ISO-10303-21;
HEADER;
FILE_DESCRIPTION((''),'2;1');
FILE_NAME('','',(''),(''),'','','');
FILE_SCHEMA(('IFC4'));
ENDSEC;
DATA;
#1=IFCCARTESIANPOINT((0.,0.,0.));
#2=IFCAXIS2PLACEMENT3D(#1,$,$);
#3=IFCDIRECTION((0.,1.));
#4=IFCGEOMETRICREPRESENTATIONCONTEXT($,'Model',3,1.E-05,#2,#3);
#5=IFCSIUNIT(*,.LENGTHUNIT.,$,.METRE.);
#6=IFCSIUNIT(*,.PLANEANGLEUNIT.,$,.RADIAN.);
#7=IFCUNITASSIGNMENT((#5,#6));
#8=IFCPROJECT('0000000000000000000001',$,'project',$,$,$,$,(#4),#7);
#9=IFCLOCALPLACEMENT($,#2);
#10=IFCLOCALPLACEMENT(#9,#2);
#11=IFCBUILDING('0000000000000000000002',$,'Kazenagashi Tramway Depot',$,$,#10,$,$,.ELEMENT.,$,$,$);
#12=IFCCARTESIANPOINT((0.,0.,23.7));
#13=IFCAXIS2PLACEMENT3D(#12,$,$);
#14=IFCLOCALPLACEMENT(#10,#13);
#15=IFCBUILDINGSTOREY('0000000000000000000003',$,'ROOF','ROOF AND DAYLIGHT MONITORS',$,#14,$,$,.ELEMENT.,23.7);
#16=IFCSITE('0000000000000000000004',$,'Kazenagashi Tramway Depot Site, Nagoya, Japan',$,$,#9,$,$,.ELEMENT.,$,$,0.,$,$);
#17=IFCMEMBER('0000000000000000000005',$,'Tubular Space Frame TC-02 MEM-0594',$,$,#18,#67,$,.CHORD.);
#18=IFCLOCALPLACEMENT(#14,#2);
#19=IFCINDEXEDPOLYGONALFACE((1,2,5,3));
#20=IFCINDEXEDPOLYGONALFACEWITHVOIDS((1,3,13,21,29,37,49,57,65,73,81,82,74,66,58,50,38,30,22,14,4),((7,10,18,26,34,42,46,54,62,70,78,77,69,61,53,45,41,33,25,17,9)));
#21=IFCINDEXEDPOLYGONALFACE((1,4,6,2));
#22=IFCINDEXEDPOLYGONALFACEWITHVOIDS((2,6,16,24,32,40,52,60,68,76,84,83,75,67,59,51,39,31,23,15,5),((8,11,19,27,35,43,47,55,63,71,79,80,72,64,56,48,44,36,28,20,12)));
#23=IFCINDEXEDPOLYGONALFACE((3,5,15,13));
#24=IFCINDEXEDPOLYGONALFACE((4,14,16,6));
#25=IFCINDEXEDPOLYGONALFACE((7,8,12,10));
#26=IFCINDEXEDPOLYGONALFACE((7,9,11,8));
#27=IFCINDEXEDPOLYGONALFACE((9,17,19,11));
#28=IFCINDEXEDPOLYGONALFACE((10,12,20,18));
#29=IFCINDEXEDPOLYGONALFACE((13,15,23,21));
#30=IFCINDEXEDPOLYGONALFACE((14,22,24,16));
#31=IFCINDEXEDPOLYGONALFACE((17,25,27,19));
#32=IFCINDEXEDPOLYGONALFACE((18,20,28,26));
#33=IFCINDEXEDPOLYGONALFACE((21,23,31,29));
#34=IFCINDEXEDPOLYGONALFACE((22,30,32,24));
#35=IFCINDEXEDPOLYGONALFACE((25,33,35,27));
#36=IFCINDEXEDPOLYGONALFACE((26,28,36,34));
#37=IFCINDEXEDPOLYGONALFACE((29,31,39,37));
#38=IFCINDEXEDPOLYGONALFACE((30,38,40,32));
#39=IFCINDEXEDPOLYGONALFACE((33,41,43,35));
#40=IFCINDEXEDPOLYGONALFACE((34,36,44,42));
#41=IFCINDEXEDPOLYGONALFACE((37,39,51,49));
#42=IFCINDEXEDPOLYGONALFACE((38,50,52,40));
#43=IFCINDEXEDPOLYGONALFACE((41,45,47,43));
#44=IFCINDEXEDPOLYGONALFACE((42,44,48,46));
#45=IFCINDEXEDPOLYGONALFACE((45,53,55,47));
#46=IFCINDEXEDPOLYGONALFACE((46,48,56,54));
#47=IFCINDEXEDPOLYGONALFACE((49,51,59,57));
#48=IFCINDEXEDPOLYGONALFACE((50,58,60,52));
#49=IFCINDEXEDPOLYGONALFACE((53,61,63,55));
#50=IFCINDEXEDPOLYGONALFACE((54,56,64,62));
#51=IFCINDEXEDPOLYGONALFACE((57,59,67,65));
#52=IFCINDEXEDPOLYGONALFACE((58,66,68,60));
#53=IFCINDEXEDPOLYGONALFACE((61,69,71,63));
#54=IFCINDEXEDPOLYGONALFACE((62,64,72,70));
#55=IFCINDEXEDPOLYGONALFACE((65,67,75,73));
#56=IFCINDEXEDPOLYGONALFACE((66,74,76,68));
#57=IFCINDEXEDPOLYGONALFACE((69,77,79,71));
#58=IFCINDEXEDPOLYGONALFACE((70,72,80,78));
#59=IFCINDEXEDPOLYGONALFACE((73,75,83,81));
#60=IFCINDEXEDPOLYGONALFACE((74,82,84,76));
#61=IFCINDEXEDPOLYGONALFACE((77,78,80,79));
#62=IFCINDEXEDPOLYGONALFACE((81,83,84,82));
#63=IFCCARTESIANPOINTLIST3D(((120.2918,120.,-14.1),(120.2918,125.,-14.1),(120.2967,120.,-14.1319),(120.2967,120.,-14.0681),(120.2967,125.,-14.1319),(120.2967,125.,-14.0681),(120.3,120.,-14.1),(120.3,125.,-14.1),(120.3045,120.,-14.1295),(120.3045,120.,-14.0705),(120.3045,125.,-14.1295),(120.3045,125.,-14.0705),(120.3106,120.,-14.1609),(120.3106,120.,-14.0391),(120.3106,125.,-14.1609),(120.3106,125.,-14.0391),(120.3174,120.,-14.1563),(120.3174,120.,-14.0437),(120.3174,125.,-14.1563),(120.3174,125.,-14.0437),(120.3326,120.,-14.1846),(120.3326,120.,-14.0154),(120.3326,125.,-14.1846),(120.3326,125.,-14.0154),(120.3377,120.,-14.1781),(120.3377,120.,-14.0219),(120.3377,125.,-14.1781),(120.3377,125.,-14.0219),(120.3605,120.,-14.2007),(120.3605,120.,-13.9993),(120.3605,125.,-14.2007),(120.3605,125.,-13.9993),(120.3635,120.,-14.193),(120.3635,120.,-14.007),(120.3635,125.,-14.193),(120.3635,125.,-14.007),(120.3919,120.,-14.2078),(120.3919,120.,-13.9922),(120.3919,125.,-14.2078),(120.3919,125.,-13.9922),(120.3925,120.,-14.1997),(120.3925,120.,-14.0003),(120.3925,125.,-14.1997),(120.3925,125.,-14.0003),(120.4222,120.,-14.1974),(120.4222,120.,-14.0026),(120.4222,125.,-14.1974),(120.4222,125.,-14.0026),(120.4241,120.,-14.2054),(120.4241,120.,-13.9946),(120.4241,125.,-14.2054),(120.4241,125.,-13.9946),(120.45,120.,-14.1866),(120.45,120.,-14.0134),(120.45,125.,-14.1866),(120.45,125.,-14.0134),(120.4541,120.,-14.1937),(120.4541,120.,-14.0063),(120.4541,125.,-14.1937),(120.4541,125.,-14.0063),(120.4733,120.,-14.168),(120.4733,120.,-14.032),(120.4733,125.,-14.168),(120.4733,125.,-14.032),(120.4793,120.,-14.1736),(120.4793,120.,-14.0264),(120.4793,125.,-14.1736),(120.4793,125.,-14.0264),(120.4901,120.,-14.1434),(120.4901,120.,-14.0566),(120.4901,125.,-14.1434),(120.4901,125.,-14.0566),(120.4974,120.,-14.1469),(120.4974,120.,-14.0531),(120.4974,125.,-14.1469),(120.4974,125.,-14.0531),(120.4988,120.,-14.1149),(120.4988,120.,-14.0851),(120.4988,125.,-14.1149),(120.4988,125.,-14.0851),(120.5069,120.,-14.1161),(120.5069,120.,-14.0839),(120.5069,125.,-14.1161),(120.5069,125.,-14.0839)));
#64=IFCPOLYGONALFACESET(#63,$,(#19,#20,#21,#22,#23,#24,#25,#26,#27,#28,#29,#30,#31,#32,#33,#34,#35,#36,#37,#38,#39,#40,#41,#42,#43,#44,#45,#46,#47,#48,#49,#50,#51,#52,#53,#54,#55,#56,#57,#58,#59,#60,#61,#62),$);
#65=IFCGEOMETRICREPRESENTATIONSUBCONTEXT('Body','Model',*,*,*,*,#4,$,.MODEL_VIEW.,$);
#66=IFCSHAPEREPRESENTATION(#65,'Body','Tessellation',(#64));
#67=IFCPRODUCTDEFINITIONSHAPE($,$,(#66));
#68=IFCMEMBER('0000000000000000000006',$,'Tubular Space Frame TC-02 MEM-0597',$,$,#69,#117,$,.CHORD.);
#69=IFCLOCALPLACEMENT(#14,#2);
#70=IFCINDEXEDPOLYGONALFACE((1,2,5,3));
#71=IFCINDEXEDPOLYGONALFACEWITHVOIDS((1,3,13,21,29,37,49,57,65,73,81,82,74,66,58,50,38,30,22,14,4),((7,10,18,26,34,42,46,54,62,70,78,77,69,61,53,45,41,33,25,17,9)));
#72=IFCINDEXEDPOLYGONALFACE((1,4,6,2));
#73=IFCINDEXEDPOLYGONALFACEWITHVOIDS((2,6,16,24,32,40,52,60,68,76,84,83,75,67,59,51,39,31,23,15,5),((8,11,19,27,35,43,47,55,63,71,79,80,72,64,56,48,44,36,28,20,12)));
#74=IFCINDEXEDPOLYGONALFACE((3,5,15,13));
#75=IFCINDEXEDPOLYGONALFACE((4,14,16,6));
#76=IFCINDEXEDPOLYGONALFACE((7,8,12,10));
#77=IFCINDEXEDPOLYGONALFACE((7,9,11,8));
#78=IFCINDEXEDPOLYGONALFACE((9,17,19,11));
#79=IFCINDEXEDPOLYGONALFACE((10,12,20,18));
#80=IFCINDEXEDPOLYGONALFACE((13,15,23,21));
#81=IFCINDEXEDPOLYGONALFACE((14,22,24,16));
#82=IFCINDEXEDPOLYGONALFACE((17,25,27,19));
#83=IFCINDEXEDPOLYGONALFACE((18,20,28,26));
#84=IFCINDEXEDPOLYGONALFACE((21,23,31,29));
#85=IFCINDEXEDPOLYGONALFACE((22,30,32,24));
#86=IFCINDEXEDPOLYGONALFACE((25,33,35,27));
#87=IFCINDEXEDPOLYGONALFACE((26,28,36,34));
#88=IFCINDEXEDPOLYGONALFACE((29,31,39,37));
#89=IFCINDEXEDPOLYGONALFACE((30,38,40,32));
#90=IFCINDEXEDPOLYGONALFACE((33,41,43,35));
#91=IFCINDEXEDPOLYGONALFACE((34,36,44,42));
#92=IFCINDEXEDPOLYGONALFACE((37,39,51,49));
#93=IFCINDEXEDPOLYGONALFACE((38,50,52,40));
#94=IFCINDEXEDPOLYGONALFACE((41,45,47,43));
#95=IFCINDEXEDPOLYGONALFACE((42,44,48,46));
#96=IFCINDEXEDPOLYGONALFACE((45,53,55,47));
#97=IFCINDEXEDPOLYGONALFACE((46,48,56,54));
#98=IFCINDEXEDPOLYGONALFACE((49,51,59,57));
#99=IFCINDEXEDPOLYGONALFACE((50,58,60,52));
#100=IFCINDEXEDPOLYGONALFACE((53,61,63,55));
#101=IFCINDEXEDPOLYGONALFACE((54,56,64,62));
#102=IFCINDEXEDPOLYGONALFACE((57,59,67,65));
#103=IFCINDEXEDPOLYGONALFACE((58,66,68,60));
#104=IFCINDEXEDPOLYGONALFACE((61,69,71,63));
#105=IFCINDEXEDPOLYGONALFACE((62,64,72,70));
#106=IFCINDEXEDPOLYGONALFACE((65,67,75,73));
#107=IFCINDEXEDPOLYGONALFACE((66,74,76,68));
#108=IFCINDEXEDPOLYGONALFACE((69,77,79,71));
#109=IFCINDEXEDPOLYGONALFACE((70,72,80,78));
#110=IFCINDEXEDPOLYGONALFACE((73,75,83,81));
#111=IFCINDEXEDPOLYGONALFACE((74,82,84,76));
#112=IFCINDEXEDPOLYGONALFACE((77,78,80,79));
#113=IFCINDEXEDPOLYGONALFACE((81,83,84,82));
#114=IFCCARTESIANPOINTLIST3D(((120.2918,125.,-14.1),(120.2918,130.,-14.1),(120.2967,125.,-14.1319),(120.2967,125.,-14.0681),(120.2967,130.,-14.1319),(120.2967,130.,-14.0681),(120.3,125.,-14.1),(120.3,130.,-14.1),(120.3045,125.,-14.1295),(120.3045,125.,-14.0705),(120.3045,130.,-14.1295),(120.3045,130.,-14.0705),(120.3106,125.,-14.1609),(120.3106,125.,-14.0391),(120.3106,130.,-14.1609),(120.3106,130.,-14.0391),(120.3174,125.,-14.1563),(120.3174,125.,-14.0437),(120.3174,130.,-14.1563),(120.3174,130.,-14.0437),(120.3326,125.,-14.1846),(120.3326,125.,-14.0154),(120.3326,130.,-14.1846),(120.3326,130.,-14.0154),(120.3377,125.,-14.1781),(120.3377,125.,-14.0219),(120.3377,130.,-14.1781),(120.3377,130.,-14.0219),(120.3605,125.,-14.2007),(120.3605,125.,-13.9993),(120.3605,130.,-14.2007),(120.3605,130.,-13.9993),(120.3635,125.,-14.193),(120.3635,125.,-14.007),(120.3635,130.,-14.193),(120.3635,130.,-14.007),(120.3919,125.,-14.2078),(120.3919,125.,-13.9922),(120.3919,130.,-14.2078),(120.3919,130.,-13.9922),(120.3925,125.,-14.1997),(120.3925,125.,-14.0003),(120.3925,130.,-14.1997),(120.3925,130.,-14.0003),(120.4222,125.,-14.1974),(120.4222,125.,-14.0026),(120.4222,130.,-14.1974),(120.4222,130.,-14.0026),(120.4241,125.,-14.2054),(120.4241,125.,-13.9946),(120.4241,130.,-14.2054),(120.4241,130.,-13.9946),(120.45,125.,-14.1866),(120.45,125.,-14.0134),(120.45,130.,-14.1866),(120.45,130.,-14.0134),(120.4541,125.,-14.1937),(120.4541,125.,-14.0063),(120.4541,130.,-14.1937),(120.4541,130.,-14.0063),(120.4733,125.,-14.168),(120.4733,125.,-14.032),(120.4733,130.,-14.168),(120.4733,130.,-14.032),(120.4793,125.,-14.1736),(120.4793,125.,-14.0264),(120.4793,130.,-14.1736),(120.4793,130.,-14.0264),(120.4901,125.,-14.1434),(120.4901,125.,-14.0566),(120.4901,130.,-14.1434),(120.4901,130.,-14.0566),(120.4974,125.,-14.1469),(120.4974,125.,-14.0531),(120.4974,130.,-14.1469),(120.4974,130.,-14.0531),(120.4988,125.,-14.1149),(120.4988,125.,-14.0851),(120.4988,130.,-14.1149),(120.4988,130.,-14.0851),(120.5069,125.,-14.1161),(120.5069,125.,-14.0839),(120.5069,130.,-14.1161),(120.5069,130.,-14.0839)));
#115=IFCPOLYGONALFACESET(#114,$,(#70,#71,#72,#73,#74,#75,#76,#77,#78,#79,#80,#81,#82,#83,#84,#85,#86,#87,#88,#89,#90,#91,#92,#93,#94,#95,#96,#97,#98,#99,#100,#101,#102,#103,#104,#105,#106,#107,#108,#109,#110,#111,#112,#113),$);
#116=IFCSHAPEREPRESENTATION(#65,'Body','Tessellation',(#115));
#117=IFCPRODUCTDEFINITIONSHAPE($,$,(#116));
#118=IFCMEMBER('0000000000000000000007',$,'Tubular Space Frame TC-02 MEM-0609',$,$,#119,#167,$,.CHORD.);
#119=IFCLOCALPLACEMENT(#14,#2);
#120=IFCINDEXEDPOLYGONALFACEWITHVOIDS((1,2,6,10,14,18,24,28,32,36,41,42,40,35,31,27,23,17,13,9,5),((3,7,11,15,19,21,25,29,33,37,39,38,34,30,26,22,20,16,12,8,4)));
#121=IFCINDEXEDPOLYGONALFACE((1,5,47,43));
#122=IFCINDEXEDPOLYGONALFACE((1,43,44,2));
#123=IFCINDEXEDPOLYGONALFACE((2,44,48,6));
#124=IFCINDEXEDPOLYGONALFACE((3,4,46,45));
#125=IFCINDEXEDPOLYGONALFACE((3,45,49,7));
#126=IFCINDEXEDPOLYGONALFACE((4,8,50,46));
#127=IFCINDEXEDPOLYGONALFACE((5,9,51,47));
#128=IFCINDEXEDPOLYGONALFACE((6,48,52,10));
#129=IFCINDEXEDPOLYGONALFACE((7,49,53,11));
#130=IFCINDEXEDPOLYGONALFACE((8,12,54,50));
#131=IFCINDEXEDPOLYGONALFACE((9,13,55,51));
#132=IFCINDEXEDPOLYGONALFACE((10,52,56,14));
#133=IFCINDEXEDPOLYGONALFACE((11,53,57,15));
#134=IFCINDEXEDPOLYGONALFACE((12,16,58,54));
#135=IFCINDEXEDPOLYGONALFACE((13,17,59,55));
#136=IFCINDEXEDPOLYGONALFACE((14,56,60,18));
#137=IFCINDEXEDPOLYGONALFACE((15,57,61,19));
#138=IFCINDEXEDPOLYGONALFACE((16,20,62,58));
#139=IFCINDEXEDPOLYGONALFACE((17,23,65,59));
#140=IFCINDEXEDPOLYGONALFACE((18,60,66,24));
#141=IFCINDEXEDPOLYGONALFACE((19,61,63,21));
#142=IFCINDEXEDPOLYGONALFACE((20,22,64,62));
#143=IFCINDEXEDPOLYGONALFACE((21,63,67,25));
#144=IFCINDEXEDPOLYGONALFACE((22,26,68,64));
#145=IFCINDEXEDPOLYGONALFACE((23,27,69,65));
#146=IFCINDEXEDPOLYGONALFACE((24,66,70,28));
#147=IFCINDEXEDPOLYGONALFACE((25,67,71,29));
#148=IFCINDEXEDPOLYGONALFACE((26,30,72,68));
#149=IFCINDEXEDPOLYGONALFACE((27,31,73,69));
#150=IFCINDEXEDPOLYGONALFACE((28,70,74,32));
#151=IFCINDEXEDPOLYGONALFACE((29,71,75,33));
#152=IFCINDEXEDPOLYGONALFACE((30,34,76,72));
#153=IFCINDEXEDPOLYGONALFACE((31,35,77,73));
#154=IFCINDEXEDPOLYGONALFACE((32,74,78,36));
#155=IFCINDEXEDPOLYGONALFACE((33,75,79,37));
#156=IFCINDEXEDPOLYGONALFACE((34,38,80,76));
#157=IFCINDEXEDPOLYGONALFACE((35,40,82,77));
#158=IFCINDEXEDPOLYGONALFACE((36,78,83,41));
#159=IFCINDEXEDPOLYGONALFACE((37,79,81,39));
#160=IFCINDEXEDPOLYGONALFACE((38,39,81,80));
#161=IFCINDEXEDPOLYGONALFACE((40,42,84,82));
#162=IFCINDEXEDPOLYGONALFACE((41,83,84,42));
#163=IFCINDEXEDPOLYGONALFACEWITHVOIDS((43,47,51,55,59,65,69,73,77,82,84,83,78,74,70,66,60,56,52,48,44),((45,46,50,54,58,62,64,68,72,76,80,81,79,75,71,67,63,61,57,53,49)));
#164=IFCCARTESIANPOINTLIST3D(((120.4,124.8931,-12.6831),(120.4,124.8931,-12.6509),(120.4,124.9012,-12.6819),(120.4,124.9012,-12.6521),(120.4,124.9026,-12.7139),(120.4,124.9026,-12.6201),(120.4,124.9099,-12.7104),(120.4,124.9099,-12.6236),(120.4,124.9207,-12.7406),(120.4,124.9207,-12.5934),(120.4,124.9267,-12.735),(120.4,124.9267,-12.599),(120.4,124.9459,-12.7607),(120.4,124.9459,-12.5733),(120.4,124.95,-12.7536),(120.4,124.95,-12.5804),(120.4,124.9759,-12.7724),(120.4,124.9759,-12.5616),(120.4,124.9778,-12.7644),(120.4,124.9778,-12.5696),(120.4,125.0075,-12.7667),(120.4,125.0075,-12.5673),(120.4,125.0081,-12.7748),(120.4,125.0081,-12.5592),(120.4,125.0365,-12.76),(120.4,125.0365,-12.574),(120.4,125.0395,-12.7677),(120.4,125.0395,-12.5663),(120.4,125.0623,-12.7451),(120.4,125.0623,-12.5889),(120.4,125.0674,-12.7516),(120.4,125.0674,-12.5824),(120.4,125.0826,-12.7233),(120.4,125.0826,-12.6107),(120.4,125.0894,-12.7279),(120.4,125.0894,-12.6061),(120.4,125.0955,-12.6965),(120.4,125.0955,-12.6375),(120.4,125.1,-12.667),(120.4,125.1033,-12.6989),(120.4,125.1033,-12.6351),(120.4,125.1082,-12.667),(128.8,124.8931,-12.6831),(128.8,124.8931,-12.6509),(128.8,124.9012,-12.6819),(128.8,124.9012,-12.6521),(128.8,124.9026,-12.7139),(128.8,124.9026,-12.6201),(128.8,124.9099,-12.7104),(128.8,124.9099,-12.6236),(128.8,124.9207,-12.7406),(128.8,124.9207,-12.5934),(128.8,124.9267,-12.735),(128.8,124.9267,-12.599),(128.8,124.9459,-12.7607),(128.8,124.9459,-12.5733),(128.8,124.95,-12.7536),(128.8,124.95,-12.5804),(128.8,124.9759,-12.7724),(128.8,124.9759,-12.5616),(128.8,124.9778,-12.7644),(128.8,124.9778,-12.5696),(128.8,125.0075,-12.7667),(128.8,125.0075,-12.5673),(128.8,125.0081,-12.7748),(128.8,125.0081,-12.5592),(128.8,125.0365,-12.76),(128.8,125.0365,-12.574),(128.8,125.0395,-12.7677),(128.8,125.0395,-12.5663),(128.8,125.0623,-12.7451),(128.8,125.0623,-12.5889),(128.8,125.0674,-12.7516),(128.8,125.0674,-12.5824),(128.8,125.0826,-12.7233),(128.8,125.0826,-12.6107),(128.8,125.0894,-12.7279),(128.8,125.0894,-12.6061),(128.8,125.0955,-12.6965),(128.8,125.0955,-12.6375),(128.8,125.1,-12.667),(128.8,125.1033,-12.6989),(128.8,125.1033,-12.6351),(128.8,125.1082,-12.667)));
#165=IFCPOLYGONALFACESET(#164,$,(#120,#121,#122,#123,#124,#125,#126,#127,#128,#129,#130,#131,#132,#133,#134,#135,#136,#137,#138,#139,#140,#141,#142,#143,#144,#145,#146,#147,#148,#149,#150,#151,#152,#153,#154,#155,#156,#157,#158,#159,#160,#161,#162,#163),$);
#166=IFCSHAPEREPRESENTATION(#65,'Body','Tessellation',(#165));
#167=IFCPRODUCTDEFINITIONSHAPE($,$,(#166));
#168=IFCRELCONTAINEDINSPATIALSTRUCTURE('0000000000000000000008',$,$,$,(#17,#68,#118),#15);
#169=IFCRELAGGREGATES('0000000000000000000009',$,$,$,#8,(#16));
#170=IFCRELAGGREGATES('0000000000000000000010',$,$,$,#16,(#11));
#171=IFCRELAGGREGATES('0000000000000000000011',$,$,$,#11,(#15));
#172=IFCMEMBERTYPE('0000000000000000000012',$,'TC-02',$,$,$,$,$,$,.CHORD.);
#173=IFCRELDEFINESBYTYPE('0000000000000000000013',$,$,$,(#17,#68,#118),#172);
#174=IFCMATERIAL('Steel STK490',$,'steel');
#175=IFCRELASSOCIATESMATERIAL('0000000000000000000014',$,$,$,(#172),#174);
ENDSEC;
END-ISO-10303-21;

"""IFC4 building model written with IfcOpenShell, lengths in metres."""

from ifc_helpers import new_model, si_unit, direction, frame, origin, origin_2d, place, context, subcontext, project, spatial, hollow_circle, extrude, material, material_profile, profile_set, type_object, element, save


model = new_model("IFC4")

# Units and contexts
model_context = context("Model", 3, precision=1e-05, world=origin(), true_north=direction((0.0, 1.0)))
body_context = subcontext(model_context, "Body", "Model", "MODEL_VIEW")
ifc_project = project(units=[si_unit("LENGTHUNIT", "METRE"), si_unit("PLANEANGLEUNIT", "RADIAN")], contexts=[model_context])

# Site, building, storey
site_placement = place(None, origin())
site = spatial("IfcSite", under=ifc_project, at=site_placement, Name="Kazenagashi Tramway Depot Site, Nagoya, Japan", CompositionType="ELEMENT", RefElevation=0.0)
building_placement = place(site_placement, origin())
building = spatial("IfcBuilding", under=site, at=building_placement, Name="Kazenagashi Tramway Depot", CompositionType="ELEMENT")
storey_placement = place(building_placement, frame((0.0, 0.0, 23.7)))
storey = spatial("IfcBuildingStorey", under=building, at=storey_placement, Name="ROOF", Description="ROOF AND DAYLIGHT MONITORS", CompositionType="ELEMENT", Elevation=23.7)

# Members
ifc_material_1 = material(Name="Steel STK490", Category="steel")
ifc_material_profile_1 = material_profile(ifc_material_1, hollow_circle(Radius=0.1081, WallThickness=0.0082, at=origin_2d()), Name="CHS-216.3x8.2")
ifc_profile_set_1 = profile_set([ifc_material_profile_1], Name="Steel STK490")
member_type_1 = type_object("IfcMemberType", Name="TC-02", PredefinedType="CHORD", material=ifc_profile_set_1)
for number, where, z_axis, x_axis, name in (
    (1, (120.4, 120.0, -14.1), (0.0, 1.0, 0.0), (-1.0, 0.0, 0.0), "Tubular Space Frame TC-02 MEM-0594"),
    (2, (120.4, 125.0, -14.1), (0.0, 1.0, 0.0), (-1.0, 0.0, 0.0), "Tubular Space Frame TC-02 MEM-0597"),
):
    element("IfcMember", number, at=place(storey_placement, frame(where, z_axis=z_axis, x_axis=x_axis)), inside=storey, type_object=member_type_1, Name=name, PredefinedType="CHORD", context=body_context, shape_type="SweptSolid", body=[
        extrude(hollow_circle(Radius=0.1081, WallThickness=0.0082, at=origin_2d()), origin(), (0.0, 0.0, 1.0), 5.0),
    ])
for number, where, z_axis, x_axis, name in (
    (3, (120.4, 125.0, -12.667), (1.0, 0.0, 0.0), (0.0, 1.0, 0.0), "Tubular Space Frame TC-02 MEM-0609"),
):
    element("IfcMember", number, at=place(storey_placement, frame(where, z_axis=z_axis, x_axis=x_axis)), inside=storey, type_object=member_type_1, Name=name, PredefinedType="CHORD", context=body_context, shape_type="SweptSolid", body=[
        extrude(hollow_circle(Radius=0.1081, WallThickness=0.0082, at=origin_2d()), origin(), (0.0, 0.0, 1.0), 8.4),
    ])

save(model, "model.ifc")
